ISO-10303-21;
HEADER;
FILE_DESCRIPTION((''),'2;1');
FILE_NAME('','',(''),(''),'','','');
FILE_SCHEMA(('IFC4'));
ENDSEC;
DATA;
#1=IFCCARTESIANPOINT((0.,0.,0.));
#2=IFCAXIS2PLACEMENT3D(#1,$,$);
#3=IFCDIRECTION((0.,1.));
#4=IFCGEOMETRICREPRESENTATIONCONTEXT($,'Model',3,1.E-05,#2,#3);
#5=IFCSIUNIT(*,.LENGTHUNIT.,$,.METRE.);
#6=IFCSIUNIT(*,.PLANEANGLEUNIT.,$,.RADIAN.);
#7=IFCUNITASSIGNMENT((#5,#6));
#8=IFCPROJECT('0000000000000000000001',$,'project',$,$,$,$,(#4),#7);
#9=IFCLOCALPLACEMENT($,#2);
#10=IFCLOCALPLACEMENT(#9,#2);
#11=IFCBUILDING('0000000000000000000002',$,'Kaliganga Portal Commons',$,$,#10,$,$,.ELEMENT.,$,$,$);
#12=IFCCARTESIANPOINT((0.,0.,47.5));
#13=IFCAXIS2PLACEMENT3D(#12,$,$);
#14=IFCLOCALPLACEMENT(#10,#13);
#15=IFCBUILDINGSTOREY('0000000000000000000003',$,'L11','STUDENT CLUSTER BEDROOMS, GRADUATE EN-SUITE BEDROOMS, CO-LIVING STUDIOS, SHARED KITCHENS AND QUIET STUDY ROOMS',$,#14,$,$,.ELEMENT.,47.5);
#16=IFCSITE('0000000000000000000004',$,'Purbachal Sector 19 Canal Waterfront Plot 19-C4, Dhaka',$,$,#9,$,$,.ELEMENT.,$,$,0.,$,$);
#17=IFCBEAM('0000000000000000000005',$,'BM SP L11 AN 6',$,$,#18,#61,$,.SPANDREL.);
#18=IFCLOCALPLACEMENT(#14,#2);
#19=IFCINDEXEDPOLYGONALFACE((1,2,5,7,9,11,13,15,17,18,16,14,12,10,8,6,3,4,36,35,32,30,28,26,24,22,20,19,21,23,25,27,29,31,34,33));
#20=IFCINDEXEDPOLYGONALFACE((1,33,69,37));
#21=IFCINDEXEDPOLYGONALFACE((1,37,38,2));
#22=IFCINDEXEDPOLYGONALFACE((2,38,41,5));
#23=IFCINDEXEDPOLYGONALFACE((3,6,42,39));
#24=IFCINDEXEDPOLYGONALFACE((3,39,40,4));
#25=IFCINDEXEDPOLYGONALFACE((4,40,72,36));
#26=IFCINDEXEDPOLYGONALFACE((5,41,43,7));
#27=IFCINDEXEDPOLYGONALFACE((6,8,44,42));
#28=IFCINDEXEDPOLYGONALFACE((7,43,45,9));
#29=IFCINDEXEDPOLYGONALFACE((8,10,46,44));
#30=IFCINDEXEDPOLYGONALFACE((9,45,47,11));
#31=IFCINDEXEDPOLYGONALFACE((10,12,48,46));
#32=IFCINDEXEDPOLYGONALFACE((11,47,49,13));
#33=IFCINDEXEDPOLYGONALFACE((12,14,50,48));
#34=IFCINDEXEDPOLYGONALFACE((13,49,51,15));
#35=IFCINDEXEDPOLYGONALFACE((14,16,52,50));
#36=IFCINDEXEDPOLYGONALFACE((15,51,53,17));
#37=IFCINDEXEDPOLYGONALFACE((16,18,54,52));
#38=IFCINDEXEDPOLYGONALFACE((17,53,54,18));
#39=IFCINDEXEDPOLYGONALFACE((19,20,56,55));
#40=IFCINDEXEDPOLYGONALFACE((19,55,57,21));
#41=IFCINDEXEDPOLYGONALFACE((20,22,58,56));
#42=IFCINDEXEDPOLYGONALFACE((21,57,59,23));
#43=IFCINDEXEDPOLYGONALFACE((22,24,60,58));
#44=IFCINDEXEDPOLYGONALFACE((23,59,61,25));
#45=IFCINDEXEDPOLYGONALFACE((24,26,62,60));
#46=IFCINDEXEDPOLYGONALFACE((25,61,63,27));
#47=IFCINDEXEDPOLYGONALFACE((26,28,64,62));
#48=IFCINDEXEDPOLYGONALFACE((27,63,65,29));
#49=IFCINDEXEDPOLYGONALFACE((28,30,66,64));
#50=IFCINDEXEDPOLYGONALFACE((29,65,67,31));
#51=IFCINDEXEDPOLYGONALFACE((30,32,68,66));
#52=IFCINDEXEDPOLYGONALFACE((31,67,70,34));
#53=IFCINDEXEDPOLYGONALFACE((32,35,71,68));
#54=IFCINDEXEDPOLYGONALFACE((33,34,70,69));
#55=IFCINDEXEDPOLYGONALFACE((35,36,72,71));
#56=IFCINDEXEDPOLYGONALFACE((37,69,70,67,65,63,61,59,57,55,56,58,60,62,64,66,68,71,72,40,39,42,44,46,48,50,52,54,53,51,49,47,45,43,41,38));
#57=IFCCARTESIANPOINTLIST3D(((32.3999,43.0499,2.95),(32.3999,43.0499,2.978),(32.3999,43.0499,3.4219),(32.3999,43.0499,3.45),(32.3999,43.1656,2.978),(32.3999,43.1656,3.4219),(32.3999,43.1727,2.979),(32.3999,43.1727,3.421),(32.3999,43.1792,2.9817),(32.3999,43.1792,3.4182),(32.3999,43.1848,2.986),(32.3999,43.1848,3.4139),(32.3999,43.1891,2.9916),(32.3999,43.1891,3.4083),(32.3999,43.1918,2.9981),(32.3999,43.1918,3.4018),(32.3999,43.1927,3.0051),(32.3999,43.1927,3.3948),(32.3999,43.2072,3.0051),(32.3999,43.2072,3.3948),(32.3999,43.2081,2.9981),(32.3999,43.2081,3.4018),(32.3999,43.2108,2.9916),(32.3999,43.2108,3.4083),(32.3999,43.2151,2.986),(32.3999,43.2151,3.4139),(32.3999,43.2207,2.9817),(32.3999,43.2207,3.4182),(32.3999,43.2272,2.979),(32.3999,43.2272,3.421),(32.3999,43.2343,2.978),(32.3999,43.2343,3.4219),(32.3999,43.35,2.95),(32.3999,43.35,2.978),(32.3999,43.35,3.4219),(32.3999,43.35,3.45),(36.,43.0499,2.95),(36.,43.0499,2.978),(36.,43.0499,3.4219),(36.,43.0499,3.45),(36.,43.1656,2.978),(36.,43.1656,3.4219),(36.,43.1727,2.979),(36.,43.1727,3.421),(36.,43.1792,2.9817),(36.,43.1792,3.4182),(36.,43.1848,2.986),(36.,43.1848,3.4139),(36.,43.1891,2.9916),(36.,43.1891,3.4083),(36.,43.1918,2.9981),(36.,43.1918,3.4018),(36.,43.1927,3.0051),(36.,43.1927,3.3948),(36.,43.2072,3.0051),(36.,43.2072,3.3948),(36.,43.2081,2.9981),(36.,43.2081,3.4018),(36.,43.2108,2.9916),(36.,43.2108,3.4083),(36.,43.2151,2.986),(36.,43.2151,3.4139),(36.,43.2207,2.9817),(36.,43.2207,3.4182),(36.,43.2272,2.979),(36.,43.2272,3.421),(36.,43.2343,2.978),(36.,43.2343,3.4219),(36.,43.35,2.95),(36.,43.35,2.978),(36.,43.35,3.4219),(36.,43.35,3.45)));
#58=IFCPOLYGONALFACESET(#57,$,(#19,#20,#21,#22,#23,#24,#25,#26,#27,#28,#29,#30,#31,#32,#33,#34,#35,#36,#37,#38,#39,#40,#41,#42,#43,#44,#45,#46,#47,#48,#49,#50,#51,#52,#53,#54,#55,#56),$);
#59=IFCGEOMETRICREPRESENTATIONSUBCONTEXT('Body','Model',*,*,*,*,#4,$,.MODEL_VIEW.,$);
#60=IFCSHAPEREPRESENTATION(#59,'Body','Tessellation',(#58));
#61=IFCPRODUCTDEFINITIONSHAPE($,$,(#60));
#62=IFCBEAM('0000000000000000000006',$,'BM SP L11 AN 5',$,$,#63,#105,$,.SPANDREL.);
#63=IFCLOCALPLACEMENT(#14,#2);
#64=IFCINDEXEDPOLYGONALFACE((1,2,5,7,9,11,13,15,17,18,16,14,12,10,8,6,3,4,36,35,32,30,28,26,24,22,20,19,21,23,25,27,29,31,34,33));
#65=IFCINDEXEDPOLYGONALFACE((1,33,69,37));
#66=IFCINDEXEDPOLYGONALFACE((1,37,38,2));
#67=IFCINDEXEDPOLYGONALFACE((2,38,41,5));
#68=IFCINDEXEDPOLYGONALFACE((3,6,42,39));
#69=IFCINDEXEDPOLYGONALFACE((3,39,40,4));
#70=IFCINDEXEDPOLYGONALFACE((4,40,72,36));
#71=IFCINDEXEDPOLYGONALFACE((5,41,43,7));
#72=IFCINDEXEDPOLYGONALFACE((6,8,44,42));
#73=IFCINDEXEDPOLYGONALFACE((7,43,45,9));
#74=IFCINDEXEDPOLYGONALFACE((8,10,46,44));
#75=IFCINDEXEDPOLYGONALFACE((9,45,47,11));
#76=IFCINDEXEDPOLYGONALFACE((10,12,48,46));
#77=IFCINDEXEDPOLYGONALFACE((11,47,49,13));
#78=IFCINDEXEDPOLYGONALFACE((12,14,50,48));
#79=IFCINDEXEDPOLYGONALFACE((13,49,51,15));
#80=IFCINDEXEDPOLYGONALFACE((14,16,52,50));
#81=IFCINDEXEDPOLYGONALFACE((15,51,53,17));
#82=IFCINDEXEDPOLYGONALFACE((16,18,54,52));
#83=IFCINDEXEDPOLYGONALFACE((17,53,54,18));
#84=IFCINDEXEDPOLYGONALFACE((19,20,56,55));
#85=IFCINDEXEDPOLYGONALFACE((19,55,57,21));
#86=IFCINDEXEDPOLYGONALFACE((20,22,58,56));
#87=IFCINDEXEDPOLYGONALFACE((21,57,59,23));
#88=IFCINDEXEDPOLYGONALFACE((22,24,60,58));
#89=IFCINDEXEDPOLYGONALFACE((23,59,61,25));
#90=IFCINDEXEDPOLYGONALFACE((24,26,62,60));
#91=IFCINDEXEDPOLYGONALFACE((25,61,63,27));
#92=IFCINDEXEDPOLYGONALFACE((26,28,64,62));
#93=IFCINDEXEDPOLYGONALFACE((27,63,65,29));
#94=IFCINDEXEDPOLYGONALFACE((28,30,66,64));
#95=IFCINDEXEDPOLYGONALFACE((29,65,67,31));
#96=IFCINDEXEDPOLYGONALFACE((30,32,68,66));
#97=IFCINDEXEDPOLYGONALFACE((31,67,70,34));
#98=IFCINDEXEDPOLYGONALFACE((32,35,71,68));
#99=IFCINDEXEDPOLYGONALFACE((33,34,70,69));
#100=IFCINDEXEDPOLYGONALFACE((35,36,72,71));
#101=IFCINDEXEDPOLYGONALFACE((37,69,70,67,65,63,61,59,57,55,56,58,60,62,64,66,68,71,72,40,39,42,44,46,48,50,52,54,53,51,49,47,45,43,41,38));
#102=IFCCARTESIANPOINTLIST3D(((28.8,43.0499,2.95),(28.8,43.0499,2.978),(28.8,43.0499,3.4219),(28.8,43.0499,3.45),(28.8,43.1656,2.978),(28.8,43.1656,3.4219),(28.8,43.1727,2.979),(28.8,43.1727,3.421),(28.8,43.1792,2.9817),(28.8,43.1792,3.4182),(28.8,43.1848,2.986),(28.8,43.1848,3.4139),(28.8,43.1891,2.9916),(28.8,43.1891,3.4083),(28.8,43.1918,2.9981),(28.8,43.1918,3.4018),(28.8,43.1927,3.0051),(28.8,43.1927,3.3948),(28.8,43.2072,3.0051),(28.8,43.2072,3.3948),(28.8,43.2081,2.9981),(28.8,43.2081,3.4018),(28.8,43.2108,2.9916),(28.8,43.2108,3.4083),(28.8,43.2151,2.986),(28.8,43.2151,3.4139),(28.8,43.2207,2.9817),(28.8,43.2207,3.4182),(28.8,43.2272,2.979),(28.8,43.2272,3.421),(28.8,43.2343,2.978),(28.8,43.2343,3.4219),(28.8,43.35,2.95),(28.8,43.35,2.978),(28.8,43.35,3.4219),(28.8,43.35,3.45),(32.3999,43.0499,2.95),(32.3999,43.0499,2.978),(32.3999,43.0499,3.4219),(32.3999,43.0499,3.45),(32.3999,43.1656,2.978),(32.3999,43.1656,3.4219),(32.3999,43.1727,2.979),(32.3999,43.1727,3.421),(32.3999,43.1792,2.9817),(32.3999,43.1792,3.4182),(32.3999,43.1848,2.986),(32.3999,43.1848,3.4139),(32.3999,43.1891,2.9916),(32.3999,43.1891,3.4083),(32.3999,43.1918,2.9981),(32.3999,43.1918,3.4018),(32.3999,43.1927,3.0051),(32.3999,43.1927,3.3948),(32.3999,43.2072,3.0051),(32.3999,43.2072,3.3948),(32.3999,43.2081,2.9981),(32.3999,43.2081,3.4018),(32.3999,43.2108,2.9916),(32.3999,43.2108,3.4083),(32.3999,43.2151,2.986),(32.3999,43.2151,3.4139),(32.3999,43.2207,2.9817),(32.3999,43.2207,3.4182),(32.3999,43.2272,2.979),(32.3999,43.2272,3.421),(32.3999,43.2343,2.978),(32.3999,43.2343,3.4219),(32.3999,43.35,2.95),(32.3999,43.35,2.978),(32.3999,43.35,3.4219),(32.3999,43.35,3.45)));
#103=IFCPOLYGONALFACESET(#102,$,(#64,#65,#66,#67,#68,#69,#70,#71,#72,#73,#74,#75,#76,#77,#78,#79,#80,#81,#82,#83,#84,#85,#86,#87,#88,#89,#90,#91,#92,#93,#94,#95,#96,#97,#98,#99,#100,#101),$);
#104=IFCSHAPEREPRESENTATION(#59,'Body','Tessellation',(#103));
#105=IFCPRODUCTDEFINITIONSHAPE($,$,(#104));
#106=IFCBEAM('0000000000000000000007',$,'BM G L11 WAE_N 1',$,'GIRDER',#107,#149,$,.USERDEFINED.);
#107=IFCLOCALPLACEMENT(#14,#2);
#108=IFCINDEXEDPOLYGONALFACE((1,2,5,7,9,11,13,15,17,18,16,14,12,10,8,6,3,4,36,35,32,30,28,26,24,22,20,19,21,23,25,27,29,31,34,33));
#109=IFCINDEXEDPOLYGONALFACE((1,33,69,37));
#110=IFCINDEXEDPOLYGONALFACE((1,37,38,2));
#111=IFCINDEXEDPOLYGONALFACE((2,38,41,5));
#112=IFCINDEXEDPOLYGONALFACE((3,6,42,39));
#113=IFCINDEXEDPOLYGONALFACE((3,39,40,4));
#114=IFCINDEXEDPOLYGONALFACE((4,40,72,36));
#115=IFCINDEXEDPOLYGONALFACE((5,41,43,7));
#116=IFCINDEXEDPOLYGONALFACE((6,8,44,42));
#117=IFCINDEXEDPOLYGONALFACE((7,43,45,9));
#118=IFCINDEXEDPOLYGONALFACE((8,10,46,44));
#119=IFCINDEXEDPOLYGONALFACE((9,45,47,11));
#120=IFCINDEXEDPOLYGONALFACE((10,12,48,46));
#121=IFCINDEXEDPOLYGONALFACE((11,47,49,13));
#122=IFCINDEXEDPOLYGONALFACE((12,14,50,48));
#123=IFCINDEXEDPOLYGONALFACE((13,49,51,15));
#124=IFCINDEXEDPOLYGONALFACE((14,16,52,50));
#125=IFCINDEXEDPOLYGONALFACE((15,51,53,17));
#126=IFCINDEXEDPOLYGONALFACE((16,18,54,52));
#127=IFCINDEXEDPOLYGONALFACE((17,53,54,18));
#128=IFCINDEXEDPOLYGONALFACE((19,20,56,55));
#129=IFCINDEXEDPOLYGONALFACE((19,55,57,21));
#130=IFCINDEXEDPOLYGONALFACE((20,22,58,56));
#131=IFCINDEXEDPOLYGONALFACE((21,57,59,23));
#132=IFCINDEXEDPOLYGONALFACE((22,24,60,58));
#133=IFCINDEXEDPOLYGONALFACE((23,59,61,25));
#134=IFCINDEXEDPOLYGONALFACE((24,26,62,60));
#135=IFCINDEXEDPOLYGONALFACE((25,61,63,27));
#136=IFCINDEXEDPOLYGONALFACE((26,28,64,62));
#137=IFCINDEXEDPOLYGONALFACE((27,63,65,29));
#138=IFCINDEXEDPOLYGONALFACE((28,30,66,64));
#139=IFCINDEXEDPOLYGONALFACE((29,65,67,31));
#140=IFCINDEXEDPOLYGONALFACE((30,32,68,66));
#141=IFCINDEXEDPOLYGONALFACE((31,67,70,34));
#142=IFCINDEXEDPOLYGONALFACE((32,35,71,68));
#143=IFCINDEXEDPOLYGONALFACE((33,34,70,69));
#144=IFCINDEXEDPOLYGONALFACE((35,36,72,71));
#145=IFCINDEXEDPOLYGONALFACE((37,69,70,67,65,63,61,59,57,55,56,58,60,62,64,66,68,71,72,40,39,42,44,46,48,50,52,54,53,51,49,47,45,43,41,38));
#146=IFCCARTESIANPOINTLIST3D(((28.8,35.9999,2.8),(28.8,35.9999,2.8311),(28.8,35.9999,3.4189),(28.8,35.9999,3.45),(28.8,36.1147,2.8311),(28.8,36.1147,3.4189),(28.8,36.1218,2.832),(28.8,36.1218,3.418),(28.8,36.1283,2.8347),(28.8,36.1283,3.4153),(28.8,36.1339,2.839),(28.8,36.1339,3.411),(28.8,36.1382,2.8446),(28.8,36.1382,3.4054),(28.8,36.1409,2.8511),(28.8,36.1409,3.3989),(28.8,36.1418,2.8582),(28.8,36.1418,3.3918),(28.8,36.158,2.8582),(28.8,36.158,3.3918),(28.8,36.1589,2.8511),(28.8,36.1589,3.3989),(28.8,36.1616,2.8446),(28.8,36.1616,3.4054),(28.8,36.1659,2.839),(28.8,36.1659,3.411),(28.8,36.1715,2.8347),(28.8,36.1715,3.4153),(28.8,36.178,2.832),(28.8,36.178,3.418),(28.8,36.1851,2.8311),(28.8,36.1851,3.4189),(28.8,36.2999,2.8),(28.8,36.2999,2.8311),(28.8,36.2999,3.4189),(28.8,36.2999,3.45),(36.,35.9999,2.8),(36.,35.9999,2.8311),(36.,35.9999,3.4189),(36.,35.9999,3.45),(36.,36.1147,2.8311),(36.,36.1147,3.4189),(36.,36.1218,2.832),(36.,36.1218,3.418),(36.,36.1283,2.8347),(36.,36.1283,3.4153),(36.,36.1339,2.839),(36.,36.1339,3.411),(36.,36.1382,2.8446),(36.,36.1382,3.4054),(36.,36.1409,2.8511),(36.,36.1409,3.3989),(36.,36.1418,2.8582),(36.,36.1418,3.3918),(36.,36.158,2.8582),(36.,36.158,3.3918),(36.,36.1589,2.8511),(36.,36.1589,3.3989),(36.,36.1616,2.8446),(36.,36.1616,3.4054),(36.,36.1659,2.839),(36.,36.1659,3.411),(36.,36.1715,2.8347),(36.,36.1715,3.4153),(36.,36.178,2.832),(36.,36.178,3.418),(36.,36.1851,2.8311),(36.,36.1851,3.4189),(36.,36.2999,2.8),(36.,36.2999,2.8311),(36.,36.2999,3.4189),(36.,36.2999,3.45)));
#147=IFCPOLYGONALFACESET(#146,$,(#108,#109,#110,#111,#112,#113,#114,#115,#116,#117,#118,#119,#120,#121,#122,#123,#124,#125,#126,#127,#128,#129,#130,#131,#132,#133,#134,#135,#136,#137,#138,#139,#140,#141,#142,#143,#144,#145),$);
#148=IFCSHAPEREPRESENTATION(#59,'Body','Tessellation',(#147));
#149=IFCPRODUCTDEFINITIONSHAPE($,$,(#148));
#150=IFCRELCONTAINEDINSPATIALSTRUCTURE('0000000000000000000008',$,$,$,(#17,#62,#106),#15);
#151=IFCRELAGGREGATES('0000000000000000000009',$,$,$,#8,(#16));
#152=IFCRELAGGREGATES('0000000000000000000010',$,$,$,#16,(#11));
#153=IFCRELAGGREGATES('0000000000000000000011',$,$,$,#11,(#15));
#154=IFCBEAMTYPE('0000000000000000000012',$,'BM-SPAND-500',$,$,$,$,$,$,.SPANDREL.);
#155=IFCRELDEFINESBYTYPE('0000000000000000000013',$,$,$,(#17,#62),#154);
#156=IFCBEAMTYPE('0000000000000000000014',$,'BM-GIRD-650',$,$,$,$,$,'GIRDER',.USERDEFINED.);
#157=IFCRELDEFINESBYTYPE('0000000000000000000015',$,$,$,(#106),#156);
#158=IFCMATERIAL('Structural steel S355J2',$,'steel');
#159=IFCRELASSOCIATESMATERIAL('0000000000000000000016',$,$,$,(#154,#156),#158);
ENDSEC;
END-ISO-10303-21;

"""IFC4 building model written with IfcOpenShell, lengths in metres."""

from ifc_helpers import new_model, si_unit, direction, frame, origin, origin_2d, place, context, subcontext, project, spatial, i_section, extrude, source, transform, mapped, material, material_profile, profile_set, type_object, element, save


model = new_model("IFC4")

# Units and contexts
model_context = context("Model", 3, precision=1e-05, world=origin(), true_north=direction((0.0, 1.0)))
body_context = subcontext(model_context, "Body", "Model", "MODEL_VIEW")
ifc_project = project(units=[si_unit("LENGTHUNIT", "METRE"), si_unit("PLANEANGLEUNIT", "RADIAN")], contexts=[model_context])

# Site, building, storey
site_placement = place(None, origin())
site = spatial("IfcSite", under=ifc_project, at=site_placement, Name="Purbachal Sector 19 Canal Waterfront Plot 19-C4, Dhaka", CompositionType="ELEMENT", RefElevation=0.0)
building_placement = place(site_placement, origin())
building = spatial("IfcBuilding", under=site, at=building_placement, Name="Kaliganga Portal Commons", CompositionType="ELEMENT")
storey_placement = place(building_placement, frame((0.0, 0.0, 47.5)))
storey = spatial("IfcBuildingStorey", under=building, at=storey_placement, Name="L11", Description="STUDENT CLUSTER BEDROOMS, GRADUATE EN-SUITE BEDROOMS, CO-LIVING STUDIOS, SHARED KITCHENS AND QUIET STUDY ROOMS", CompositionType="ELEMENT", Elevation=47.5)

# Beams
ifc_material_1 = material(Name="Structural steel S355J2", Category="steel")
ifc_material_profile_1 = material_profile(ifc_material_1, i_section(OverallWidth=0.3, OverallDepth=0.5, WebThickness=0.0144, FlangeThickness=0.0281, FilletRadius=0.0271, at=origin_2d()), Name="HE 500 B")
ifc_profile_set_1 = profile_set([ifc_material_profile_1], Name="Structural steel S355J2 wide-flange")
beam_type_1 = type_object("IfcBeamType", Name="BM-SPAND-500", PredefinedType="SPANDREL", material=ifc_profile_set_1)
shared_shape_1 = source(origin(), body_context, "Body", "SweptSolid", [
    extrude(i_section(OverallWidth=0.3, OverallDepth=0.5, WebThickness=0.0144, FlangeThickness=0.0281, FilletRadius=0.0271, at=origin_2d()), origin(), (0.0, 0.0, 1.0), 3.6001),
])
beam_1_placement = place(storey_placement, frame((32.3999, 43.2, 3.2), z_axis=(1.0, 0.0, 0.0), x_axis=(0.0, 1.0, 0.0)))
element("IfcBeam", 1, at=beam_1_placement, inside=storey, type_object=beam_type_1, Name="BM SP L11 AN 6", PredefinedType="SPANDREL", context=body_context, shape_type="MappedRepresentation", body=[
    mapped(shared_shape_1, transform((0.0, 0.0, 0.0), x_axis=(1.0, 0.0, 0.0), y_axis=(0.0, 1.0, 0.0), z_axis=(0.0, 0.0, 1.0), scale=1.0)),
])
shared_shape_2 = source(origin(), body_context, "Body", "SweptSolid", [
    extrude(i_section(OverallWidth=0.3, OverallDepth=0.5, WebThickness=0.0144, FlangeThickness=0.0281, FilletRadius=0.0271, at=origin_2d()), origin(), (0.0, 0.0, 1.0), 3.5999),
])
beam_2_placement = place(storey_placement, frame((28.8, 43.2, 3.2), z_axis=(1.0, 0.0, 0.0), x_axis=(0.0, 1.0, 0.0)))
element("IfcBeam", 2, at=beam_2_placement, inside=storey, type_object=beam_type_1, Name="BM SP L11 AN 5", PredefinedType="SPANDREL", context=body_context, shape_type="MappedRepresentation", body=[
    mapped(shared_shape_2, transform((0.0, 0.0, 0.0), x_axis=(1.0, 0.0, 0.0), y_axis=(0.0, 1.0, 0.0), z_axis=(0.0, 0.0, 1.0), scale=1.0)),
])
ifc_material_profile_2 = material_profile(ifc_material_1, i_section(OverallWidth=0.3, OverallDepth=0.6499, WebThickness=0.0161, FlangeThickness=0.031, FilletRadius=0.0271, at=origin_2d()), Name="HE 650 B")
ifc_profile_set_2 = profile_set([ifc_material_profile_2], Name="Structural steel S355J2 wide-flange")
beam_type_2 = type_object("IfcBeamType", Name="BM-GIRD-650", ElementType="GIRDER", PredefinedType="USERDEFINED", material=ifc_profile_set_2)
shared_shape_3 = source(origin(), body_context, "Body", "SweptSolid", [
    extrude(i_section(OverallWidth=0.3, OverallDepth=0.6499, WebThickness=0.0161, FlangeThickness=0.031, FilletRadius=0.0271, at=origin_2d()), origin(), (0.0, 0.0, 1.0), 7.2),
])
beam_3_placement = place(storey_placement, frame((28.8, 36.1499, 3.125), z_axis=(1.0, 0.0, 0.0), x_axis=(0.0, 1.0, 0.0)))
element("IfcBeam", 3, at=beam_3_placement, inside=storey, type_object=beam_type_2, Name="BM G L11 WAE_N 1", ObjectType="GIRDER", PredefinedType="USERDEFINED", context=body_context, shape_type="MappedRepresentation", body=[
    mapped(shared_shape_3, transform((0.0, 0.0, 0.0), x_axis=(1.0, 0.0, 0.0), y_axis=(0.0, 1.0, 0.0), z_axis=(0.0, 0.0, 1.0), scale=1.0)),
])

save(model, "model.ifc")
